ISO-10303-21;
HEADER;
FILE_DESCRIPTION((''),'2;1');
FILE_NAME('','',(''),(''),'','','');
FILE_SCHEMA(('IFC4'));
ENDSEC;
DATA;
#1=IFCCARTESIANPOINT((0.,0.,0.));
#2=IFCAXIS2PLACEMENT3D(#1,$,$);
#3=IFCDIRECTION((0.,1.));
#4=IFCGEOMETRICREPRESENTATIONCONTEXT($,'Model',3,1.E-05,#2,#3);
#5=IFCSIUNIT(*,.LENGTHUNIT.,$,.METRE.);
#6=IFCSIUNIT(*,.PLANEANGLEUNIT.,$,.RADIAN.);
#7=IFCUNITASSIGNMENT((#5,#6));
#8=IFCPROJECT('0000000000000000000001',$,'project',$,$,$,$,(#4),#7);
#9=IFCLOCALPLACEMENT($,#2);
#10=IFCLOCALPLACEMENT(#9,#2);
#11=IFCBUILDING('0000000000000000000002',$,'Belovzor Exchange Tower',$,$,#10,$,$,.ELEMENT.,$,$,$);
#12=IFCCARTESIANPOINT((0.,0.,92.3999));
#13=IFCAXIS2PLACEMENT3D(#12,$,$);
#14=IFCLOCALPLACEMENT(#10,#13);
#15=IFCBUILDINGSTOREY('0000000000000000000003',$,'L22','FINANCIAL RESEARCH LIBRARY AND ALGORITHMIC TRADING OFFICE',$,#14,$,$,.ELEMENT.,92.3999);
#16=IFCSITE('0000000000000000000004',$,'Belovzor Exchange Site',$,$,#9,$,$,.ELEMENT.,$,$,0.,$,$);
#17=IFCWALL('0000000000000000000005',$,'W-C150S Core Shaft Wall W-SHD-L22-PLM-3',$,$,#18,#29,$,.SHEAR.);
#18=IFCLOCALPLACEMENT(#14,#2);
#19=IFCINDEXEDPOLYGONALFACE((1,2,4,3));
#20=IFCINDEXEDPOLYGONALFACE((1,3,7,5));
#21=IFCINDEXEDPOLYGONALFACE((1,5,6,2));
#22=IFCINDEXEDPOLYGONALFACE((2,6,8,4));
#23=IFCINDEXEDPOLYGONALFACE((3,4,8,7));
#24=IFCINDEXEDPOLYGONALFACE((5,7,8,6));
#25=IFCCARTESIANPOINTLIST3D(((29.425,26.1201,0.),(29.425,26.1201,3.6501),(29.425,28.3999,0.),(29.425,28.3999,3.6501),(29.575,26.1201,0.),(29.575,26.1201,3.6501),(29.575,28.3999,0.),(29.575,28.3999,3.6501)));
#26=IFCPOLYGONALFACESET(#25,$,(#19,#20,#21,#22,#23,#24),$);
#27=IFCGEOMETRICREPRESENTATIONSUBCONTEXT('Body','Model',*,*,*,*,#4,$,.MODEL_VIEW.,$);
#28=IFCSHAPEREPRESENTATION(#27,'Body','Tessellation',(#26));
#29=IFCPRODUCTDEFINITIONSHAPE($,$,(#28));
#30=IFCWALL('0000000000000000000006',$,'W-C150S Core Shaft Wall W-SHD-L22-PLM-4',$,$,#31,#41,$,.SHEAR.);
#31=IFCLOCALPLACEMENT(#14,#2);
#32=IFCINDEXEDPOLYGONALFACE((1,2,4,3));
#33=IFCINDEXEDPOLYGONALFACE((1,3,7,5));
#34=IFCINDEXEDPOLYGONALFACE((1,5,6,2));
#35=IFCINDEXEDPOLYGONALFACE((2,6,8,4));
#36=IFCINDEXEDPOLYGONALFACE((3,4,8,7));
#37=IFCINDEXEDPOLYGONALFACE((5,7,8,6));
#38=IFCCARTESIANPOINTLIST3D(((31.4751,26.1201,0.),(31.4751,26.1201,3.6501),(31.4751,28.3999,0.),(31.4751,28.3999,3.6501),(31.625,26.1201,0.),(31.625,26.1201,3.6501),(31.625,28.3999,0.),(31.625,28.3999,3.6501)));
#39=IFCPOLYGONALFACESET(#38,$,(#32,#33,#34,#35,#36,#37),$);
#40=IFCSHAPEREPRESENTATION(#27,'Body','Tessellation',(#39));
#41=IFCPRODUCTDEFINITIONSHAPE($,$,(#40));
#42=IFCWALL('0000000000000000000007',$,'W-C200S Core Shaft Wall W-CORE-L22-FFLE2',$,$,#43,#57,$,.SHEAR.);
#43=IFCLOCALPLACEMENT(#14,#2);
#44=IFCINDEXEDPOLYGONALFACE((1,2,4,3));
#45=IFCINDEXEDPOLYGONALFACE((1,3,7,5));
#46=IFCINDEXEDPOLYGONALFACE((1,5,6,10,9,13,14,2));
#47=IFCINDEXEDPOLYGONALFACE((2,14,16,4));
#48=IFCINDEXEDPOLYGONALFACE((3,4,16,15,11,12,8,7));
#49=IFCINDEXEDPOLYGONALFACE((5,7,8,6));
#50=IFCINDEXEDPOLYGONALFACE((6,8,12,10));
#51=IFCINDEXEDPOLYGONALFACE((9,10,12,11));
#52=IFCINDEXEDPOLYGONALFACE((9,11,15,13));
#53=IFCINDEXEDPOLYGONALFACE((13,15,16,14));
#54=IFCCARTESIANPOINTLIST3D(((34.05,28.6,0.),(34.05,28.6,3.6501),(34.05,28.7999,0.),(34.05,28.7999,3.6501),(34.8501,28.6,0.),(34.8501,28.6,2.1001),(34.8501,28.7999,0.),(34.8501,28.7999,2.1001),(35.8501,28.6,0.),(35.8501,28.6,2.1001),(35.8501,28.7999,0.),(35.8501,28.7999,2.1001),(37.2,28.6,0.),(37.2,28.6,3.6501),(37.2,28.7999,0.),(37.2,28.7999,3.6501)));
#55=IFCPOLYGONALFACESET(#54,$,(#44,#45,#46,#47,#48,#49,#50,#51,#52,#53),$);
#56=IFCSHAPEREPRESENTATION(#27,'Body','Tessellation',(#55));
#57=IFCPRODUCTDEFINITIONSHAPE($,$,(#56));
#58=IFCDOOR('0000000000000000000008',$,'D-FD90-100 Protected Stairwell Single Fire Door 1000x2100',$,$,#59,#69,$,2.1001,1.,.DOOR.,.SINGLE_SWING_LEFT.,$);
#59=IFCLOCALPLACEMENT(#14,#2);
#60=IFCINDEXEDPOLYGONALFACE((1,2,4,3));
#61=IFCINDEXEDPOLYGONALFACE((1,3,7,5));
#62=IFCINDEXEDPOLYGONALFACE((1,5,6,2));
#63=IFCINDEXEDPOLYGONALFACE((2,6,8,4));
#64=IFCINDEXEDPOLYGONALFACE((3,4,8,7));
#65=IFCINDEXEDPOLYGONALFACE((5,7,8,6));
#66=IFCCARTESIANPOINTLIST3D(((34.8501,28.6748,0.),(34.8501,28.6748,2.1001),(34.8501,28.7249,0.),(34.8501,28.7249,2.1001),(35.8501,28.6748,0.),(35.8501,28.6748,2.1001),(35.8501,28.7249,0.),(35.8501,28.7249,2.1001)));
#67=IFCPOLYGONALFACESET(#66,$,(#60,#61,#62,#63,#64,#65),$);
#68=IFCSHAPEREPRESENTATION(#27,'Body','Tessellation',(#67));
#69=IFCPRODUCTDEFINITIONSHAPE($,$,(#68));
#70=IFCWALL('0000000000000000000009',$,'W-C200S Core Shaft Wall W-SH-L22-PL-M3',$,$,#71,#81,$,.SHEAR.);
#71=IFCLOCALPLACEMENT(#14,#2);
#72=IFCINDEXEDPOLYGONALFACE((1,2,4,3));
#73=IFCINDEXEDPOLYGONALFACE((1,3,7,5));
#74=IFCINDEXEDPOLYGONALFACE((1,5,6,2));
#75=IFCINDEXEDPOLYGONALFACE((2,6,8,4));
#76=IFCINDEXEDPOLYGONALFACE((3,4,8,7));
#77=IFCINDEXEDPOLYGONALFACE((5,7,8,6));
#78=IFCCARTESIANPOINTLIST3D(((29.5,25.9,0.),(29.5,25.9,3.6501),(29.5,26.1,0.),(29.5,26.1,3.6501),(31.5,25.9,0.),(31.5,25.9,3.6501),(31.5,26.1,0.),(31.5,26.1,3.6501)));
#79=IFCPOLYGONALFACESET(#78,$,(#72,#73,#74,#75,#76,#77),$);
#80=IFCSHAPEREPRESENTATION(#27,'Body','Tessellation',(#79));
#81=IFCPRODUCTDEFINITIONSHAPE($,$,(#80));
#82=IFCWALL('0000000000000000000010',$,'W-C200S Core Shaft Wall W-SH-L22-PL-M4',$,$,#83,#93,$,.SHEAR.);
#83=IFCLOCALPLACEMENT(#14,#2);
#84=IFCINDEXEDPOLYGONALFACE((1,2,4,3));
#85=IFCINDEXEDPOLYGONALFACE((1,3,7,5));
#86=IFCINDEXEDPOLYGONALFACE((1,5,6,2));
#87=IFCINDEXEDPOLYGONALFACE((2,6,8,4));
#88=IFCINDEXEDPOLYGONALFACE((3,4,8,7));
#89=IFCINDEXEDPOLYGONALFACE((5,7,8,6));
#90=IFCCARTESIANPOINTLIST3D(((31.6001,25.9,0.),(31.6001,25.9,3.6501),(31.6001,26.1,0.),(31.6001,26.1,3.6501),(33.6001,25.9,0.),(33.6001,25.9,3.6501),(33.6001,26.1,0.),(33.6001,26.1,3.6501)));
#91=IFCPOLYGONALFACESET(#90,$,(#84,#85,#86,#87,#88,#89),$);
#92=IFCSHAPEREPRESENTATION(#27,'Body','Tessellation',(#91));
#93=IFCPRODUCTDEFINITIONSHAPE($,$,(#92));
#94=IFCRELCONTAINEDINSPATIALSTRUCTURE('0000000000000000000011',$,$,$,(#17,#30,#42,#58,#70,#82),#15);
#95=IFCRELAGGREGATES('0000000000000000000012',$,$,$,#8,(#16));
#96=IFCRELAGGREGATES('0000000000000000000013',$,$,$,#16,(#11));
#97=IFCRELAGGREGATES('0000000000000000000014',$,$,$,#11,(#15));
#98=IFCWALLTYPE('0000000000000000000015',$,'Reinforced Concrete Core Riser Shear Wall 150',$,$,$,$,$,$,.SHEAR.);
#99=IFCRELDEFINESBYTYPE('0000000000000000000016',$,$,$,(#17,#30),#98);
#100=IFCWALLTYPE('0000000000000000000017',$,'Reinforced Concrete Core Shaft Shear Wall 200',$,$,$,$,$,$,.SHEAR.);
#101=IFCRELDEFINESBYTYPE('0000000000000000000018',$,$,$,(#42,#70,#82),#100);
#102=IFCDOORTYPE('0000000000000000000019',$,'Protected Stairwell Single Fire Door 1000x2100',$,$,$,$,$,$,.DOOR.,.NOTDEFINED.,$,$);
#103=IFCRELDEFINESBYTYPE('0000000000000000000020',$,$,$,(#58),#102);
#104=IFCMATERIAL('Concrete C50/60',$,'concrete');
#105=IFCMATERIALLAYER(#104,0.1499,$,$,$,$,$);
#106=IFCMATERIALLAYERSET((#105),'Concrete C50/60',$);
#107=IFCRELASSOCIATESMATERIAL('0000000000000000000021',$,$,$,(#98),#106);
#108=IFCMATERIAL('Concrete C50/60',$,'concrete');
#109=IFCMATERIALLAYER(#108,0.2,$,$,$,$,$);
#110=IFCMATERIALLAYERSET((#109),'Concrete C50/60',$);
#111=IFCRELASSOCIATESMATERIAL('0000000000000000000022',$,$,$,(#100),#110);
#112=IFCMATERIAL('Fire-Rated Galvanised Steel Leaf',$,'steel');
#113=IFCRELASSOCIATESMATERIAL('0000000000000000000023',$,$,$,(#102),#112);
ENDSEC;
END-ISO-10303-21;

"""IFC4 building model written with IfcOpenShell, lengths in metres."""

from ifc_helpers import new_model, si_unit, direction, frame, frame_2d, origin, place, context, subcontext, project, spatial, rectangle, extrude, material, layer, layer_set, type_object, element, fill, save


model = new_model("IFC4")

# Units and contexts
model_context = context("Model", 3, precision=1e-05, world=origin(), true_north=direction((0.0, 1.0)))
body_context = subcontext(model_context, "Body", "Model", "MODEL_VIEW")
ifc_project = project(units=[si_unit("LENGTHUNIT", "METRE"), si_unit("PLANEANGLEUNIT", "RADIAN")], contexts=[model_context])

# Site, building, storey
site_placement = place(None, origin())
site = spatial("IfcSite", under=ifc_project, at=site_placement, Name="Belovzor Exchange Site", CompositionType="ELEMENT", RefElevation=0.0)
building_placement = place(site_placement, origin())
building = spatial("IfcBuilding", under=site, at=building_placement, Name="Belovzor Exchange Tower", CompositionType="ELEMENT")
storey_placement = place(building_placement, frame((0.0, 0.0, 92.3999)))
storey = spatial("IfcBuildingStorey", under=building, at=storey_placement, Name="L22", Description="FINANCIAL RESEARCH LIBRARY AND ALGORITHMIC TRADING OFFICE", CompositionType="ELEMENT", Elevation=92.3999)

# Walls
ifc_material_1 = material(Name="Concrete C50/60", Category="concrete")
ifc_layer_1 = layer(ifc_material_1, 0.1499)
ifc_layer_set_1 = layer_set([ifc_layer_1], Name="Concrete C50/60")
wall_type_1 = type_object("IfcWallType", Name="Reinforced Concrete Core Riser Shear Wall 150", PredefinedType="SHEAR", material=ifc_layer_set_1)
for number, where, z_axis, x_axis, name in (
    (1, (29.5, 26.1201, 0.0), (0.0, 0.0, 1.0), (0.0, 1.0, 0.0), "W-C150S Core Shaft Wall W-SHD-L22-PLM-3"),
    (2, (31.55, 26.1201, 0.0), (0.0, 0.0, 1.0), (0.0, 1.0, 0.0), "W-C150S Core Shaft Wall W-SHD-L22-PLM-4"),
):
    element("IfcWall", number, at=place(storey_placement, frame(where, z_axis=z_axis, x_axis=x_axis)), inside=storey, type_object=wall_type_1, Name=name, PredefinedType="SHEAR", context=body_context, shape_type="SweptSolid", body=[
        extrude(rectangle(XDim=2.2798, YDim=0.1499, at=frame_2d((1.1399, 0.0))), origin(), (0.0, 0.0, 1.0), 3.6501),
    ])

# Wall, opening, door
ifc_material_2 = material(Name="Concrete C50/60", Category="concrete")
ifc_layer_2 = layer(ifc_material_2, 0.2)
ifc_layer_set_2 = layer_set([ifc_layer_2], Name="Concrete C50/60")
wall_type_2 = type_object("IfcWallType", Name="Reinforced Concrete Core Shaft Shear Wall 200", PredefinedType="SHEAR", material=ifc_layer_set_2)
wall_1_placement = place(storey_placement, frame((34.05, 28.7, 0.0), z_axis=(0.0, 0.0, 1.0), x_axis=(1.0, 0.0, 0.0)))
wall_1 = element("IfcWall", 3, at=wall_1_placement, inside=storey, type_object=wall_type_2, Name="W-C200S Core Shaft Wall W-CORE-L22-FFLE2", PredefinedType="SHEAR", context=body_context, shape_type="SweptSolid", body=[
    extrude(rectangle(XDim=3.1499, YDim=0.2, at=frame_2d((1.575, 0.0))), origin(), (0.0, 0.0, 1.0), 3.6501),
])
opening_1_placement = place(wall_1_placement, frame((0.8, 0.0, 0.0)))
opening_1 = element("IfcOpeningElement", 4, at=opening_1_placement, cuts=wall_1, PredefinedType="OPENING", context=body_context, shape_type="SweptSolid", body=[
    extrude(rectangle(XDim=1.0, YDim=2.1001, at=frame_2d((0.5, 1.05))), frame((0.0, 0.1099, 0.0), z_axis=(0.0, -1.0, 0.0), x_axis=(1.0, 0.0, 0.0)), (0.0, 0.0, 1.0), 0.22),
])
ifc_material_3 = material(Name="Fire-Rated Galvanised Steel Leaf", Category="steel")
door_type_1 = type_object("IfcDoorType", Name="Protected Stairwell Single Fire Door 1000x2100", OperationType="NOTDEFINED", PredefinedType="DOOR", material=ifc_material_3)
door_1_placement = place(opening_1_placement, origin())
door_1 = element("IfcDoor", 5, at=door_1_placement, inside=storey, type_object=door_type_1, Name="D-FD90-100 Protected Stairwell Single Fire Door 1000x2100", OperationType="SINGLE_SWING_LEFT", OverallHeight=2.1001, OverallWidth=1.0, PredefinedType="DOOR", context=body_context, shape_type="SweptSolid", body=[
    extrude(rectangle(XDim=1.0, YDim=2.1001, at=frame_2d((0.5, 1.05))), frame((0.0, 0.0249, 0.0), z_axis=(0.0, -1.0, 0.0), x_axis=(1.0, 0.0, 0.0)), (0.0, 0.0, 1.0), 0.05),
])
fill(opening_1, door_1)

# Walls
for number, where, z_axis, x_axis, name in (
    (6, (29.5, 26.0, 0.0), (0.0, 0.0, 1.0), (1.0, 0.0, 0.0), "W-C200S Core Shaft Wall W-SH-L22-PL-M3"),
    (7, (31.6001, 26.0, 0.0), (0.0, 0.0, 1.0), (1.0, 0.0, 0.0), "W-C200S Core Shaft Wall W-SH-L22-PL-M4"),
):
    element("IfcWall", number, at=place(storey_placement, frame(where, z_axis=z_axis, x_axis=x_axis)), inside=storey, type_object=wall_type_2, Name=name, PredefinedType="SHEAR", context=body_context, shape_type="SweptSolid", body=[
        extrude(rectangle(XDim=2.0, YDim=0.2, at=frame_2d((1.0, 0.0))), origin(), (0.0, 0.0, 1.0), 3.6501),
    ])

save(model, "model.ifc")
